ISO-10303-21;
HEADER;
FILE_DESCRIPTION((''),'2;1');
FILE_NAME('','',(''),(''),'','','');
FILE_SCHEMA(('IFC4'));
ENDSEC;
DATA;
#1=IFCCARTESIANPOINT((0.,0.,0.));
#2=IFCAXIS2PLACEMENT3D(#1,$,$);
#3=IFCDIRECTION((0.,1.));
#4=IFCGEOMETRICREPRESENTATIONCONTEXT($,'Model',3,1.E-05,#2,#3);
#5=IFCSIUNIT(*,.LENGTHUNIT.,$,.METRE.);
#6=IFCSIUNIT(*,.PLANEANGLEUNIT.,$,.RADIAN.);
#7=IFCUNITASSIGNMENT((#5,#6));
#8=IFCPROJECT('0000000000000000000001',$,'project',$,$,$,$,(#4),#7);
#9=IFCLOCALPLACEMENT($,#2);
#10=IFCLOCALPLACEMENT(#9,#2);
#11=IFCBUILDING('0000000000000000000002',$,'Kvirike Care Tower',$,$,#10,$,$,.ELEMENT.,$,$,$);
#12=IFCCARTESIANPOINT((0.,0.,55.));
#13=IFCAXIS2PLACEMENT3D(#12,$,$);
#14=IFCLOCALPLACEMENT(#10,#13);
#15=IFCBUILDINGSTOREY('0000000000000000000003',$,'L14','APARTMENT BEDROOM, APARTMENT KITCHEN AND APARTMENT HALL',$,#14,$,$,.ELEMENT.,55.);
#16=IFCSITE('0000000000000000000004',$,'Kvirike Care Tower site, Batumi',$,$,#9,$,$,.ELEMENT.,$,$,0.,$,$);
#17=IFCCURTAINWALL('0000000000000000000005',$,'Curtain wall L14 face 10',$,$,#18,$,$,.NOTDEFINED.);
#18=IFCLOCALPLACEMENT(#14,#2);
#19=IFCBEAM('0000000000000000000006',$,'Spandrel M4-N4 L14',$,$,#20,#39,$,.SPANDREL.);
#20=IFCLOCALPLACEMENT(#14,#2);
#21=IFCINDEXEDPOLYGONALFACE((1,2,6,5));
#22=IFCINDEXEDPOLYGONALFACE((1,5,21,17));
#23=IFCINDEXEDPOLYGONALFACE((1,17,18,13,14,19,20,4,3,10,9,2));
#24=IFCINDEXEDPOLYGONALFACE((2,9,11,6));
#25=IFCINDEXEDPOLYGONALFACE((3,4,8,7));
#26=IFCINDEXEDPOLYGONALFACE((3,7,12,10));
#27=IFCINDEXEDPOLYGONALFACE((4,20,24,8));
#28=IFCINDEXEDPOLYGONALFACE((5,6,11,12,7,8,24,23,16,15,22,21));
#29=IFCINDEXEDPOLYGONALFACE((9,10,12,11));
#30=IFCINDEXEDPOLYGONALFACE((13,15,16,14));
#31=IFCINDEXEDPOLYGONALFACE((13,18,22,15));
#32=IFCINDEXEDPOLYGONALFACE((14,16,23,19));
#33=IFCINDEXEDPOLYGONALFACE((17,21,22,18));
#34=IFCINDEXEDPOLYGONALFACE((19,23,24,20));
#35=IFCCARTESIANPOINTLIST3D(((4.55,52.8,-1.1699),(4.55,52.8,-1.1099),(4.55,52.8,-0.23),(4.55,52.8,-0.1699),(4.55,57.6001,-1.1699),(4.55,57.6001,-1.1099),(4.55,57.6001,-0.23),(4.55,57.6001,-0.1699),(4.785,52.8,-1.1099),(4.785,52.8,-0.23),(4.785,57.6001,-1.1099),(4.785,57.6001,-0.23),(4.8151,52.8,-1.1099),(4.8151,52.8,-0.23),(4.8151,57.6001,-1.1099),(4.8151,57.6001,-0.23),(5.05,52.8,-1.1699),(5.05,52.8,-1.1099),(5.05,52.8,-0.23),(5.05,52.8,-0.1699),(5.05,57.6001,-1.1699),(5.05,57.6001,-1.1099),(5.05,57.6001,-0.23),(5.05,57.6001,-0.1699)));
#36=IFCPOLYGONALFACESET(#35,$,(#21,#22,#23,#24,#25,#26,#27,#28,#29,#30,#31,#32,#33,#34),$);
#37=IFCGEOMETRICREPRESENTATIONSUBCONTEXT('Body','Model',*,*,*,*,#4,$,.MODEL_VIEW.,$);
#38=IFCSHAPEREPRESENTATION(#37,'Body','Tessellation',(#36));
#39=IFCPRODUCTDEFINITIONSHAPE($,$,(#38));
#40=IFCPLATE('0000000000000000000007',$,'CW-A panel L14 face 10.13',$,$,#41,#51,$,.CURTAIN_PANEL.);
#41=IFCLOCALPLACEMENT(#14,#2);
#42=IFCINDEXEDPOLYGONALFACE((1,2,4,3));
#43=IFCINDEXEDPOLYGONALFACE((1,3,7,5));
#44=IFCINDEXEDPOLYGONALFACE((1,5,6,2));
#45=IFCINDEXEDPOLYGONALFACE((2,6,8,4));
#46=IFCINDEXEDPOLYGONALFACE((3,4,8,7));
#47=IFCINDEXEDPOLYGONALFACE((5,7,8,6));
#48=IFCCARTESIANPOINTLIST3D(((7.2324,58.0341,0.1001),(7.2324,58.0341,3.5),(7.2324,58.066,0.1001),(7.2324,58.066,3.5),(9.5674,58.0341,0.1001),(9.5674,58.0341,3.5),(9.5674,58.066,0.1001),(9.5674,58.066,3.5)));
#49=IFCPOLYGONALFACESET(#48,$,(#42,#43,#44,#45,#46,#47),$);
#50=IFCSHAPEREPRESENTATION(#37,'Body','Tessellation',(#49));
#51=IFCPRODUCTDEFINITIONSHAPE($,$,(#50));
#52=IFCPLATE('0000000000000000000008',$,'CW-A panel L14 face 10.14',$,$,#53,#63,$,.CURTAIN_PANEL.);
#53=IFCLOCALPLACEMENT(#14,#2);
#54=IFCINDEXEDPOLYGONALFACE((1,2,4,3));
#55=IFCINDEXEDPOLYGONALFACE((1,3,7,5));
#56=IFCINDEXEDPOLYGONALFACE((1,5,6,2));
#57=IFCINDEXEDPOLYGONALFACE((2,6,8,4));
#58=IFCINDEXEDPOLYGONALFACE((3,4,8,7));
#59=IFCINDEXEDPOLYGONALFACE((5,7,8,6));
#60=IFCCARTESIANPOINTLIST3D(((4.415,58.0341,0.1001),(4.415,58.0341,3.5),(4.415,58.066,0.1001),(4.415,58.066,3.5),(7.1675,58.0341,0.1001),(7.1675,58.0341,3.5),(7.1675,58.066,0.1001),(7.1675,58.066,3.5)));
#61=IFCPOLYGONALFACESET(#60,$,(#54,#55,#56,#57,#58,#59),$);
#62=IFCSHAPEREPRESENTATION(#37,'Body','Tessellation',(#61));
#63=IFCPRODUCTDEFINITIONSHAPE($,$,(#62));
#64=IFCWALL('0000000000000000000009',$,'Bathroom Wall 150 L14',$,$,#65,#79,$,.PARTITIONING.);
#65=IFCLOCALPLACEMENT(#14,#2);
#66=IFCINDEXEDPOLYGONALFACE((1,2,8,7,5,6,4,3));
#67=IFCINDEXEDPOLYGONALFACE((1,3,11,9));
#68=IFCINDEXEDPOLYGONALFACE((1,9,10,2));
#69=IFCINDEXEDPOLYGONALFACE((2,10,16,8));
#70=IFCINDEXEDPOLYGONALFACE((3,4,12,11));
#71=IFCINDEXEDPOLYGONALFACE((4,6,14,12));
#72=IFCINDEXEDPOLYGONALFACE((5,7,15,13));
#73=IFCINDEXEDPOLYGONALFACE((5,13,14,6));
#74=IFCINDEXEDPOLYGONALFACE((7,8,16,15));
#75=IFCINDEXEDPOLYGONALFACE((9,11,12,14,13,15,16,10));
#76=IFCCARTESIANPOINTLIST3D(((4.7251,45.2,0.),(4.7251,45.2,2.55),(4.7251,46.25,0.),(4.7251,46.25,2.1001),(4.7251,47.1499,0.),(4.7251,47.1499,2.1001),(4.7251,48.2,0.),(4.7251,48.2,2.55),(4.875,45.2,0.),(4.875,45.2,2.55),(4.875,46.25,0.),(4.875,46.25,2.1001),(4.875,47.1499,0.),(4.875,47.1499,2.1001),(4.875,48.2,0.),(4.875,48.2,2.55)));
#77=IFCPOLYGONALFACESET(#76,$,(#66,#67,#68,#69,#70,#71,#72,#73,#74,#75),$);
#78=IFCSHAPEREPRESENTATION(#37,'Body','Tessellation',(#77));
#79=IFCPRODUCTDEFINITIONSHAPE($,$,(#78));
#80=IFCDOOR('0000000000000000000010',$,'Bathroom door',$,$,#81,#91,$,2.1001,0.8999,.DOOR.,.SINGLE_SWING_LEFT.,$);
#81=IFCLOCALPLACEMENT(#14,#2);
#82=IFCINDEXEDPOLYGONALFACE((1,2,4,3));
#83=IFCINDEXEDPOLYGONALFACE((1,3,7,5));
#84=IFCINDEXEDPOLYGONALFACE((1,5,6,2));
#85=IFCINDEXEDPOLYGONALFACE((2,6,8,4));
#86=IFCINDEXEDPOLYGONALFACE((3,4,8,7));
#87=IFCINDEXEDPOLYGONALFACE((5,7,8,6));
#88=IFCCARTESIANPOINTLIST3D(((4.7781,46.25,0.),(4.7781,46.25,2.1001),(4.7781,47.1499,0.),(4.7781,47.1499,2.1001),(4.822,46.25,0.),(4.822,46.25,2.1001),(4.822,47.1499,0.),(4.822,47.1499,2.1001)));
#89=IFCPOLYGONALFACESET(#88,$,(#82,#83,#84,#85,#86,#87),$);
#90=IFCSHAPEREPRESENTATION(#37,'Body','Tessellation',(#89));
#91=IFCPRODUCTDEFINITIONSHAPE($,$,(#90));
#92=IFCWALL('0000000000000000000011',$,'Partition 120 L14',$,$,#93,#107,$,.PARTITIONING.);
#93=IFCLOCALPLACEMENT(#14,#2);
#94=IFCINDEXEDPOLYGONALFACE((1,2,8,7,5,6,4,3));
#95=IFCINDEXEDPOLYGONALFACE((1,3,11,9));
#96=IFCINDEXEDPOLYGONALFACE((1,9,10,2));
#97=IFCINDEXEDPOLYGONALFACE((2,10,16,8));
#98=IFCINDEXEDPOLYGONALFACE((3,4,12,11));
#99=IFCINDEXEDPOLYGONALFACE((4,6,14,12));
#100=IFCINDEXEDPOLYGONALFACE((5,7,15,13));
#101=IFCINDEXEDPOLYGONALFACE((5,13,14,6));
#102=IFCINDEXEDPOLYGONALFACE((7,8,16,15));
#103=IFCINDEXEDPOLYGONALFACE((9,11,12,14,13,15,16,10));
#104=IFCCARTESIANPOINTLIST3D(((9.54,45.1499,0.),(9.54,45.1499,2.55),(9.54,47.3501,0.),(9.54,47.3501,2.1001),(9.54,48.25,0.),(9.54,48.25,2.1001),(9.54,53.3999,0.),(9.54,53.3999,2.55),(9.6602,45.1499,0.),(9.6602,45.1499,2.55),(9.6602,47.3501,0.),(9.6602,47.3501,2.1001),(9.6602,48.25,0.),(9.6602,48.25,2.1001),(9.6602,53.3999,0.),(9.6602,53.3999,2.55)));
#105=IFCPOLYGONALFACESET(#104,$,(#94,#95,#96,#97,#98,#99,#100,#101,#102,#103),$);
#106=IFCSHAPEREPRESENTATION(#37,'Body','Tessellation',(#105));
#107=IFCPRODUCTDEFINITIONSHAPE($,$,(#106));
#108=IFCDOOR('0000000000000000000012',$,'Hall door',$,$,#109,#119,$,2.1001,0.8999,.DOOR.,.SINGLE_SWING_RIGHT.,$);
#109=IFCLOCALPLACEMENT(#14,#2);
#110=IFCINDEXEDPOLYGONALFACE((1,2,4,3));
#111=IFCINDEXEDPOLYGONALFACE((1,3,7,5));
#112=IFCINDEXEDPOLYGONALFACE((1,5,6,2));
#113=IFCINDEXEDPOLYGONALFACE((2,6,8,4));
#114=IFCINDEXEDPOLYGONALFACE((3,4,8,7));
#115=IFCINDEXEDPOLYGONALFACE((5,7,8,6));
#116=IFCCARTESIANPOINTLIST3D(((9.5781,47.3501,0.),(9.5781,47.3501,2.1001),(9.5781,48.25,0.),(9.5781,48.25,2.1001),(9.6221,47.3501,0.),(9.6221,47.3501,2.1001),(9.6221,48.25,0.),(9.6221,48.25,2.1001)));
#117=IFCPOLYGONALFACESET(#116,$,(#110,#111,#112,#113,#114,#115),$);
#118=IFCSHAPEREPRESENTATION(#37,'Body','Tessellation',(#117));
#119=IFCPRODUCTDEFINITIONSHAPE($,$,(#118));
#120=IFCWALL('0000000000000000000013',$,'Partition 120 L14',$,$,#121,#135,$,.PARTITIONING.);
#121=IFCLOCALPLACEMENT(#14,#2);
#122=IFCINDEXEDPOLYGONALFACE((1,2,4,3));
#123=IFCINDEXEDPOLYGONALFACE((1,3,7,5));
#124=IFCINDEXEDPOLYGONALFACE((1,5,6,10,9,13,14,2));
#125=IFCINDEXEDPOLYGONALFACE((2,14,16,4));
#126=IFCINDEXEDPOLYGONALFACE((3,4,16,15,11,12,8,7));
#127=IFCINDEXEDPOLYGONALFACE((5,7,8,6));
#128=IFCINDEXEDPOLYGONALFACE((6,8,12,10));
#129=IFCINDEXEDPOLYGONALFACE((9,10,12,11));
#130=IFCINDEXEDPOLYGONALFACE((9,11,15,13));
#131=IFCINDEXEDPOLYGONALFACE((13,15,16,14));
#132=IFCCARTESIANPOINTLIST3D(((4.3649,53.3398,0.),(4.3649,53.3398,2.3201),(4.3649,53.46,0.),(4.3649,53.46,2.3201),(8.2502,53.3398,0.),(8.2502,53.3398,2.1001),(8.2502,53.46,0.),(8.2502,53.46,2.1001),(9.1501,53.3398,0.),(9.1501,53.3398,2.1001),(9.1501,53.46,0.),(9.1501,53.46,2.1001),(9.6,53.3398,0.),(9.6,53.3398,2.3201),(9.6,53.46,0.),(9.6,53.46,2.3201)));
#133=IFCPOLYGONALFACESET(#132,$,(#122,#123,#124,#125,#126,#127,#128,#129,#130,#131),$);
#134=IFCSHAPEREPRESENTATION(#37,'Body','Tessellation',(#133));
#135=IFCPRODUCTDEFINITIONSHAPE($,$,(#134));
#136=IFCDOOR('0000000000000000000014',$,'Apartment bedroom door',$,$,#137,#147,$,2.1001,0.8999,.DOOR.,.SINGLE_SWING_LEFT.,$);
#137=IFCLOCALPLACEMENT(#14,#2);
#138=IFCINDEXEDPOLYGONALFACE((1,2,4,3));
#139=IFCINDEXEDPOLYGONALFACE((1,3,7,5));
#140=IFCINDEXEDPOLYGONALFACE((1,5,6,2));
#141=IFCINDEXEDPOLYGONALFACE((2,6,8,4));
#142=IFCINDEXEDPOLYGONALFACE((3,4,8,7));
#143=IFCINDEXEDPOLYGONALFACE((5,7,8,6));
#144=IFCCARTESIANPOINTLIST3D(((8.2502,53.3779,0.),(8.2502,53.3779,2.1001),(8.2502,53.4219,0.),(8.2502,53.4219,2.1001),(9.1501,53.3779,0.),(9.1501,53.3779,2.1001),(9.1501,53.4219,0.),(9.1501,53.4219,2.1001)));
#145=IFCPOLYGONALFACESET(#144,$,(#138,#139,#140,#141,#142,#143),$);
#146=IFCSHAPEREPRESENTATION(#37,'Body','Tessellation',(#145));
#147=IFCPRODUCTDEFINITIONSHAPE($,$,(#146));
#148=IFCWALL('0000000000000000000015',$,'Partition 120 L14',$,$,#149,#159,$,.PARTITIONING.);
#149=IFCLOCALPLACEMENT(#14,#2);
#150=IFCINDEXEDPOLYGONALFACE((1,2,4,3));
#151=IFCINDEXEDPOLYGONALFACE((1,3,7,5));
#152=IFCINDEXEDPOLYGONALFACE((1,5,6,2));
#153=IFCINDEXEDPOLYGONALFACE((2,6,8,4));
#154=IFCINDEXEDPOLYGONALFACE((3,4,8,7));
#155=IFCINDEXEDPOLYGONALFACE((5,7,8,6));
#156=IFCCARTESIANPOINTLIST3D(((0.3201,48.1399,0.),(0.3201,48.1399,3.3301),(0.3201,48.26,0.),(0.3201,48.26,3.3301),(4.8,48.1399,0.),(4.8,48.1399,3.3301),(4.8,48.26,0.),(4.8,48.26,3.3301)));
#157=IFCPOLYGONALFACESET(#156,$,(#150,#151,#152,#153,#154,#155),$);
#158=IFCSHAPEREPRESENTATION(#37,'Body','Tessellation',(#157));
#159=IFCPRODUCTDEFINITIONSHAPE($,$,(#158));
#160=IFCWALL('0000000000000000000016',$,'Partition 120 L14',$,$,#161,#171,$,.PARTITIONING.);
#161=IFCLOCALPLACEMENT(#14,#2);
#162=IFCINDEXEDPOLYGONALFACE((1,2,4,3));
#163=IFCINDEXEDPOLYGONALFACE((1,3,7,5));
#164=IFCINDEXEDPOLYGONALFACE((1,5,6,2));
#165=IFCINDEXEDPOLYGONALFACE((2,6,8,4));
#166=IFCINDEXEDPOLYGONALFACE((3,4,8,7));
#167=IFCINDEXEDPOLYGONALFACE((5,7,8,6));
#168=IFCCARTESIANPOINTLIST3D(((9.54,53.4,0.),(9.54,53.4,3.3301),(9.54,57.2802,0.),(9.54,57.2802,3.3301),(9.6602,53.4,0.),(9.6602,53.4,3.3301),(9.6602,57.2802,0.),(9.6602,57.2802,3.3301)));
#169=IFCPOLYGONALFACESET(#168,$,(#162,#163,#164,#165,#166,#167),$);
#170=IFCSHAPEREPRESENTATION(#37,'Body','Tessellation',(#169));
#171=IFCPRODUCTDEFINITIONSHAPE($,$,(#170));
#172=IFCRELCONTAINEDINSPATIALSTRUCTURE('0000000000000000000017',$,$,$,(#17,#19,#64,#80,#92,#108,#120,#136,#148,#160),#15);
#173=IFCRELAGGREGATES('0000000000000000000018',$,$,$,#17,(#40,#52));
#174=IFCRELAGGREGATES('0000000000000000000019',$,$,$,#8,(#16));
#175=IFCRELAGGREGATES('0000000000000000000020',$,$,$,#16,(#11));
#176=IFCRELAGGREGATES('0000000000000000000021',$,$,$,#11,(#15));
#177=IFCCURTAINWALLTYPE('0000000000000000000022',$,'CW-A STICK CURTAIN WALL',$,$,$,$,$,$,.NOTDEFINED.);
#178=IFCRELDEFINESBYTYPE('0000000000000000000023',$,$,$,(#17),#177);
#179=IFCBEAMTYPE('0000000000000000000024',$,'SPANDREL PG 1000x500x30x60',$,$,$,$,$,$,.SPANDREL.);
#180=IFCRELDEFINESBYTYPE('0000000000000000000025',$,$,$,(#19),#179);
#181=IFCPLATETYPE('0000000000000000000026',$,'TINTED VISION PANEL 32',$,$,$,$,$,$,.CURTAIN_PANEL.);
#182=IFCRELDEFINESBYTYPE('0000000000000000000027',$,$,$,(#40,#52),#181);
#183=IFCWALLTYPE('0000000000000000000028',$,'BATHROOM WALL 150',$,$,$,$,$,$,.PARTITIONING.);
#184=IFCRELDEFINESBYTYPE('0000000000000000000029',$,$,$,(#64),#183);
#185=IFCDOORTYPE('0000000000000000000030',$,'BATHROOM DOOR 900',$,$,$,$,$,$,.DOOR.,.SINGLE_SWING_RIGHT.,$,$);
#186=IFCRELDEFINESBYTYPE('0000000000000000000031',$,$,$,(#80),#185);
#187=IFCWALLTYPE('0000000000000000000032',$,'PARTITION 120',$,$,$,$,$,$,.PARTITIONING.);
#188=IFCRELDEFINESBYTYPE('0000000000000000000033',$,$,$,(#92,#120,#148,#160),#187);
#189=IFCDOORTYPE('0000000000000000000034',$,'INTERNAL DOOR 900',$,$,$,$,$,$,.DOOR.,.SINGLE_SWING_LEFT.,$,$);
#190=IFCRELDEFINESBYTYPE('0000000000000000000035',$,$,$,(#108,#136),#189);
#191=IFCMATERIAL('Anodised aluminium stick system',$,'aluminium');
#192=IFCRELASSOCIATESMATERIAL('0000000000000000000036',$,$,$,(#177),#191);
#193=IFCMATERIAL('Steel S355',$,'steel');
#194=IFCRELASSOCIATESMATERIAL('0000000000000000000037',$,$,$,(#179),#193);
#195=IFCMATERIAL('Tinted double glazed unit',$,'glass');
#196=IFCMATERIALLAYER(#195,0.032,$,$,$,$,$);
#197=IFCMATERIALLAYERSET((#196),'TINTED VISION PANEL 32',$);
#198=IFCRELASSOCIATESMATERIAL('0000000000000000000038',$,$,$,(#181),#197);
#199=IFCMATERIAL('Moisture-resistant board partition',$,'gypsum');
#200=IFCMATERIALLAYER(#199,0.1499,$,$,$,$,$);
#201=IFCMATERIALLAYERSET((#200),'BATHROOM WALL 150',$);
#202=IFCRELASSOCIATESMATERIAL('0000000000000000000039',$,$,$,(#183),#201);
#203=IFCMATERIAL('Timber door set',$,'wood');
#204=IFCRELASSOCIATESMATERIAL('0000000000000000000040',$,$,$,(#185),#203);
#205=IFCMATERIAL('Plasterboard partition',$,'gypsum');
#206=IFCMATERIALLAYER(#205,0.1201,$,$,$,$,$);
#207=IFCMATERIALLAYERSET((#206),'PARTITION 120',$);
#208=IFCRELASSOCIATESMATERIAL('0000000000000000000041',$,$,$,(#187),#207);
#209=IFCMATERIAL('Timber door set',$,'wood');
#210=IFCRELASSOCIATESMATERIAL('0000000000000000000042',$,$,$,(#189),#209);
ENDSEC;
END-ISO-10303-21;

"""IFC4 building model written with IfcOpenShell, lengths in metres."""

from ifc_helpers import new_model, si_unit, direction, frame, frame_2d, origin, origin_2d, place, context, subcontext, project, spatial, rectangle, i_section, extrude, material, layer, layer_set, material_profile, profile_set, type_object, element, fill, aggregate, save


model = new_model("IFC4")

# Units and contexts
model_context = context("Model", 3, precision=1e-05, world=origin(), true_north=direction((0.0, 1.0)))
body_context = subcontext(model_context, "Body", "Model", "MODEL_VIEW")
ifc_project = project(units=[si_unit("LENGTHUNIT", "METRE"), si_unit("PLANEANGLEUNIT", "RADIAN")], contexts=[model_context])

# Site, building, storey
site_placement = place(None, origin())
site = spatial("IfcSite", under=ifc_project, at=site_placement, Name="Kvirike Care Tower site, Batumi", CompositionType="ELEMENT", RefElevation=0.0)
building_placement = place(site_placement, origin())
building = spatial("IfcBuilding", under=site, at=building_placement, Name="Kvirike Care Tower", CompositionType="ELEMENT")
storey_placement = place(building_placement, frame((0.0, 0.0, 55.0)))
storey = spatial("IfcBuildingStorey", under=building, at=storey_placement, Name="L14", Description="APARTMENT BEDROOM, APARTMENT KITCHEN AND APARTMENT HALL", CompositionType="ELEMENT", Elevation=55.0)

# Curtain wall
ifc_material_1 = material(Name="Anodised aluminium stick system", Category="aluminium")
curtain_wall_type = type_object("IfcCurtainWallType", Name="CW-A STICK CURTAIN WALL", PredefinedType="NOTDEFINED", material=ifc_material_1)
curtain_wall_1_placement = place(storey_placement, origin())
curtain_wall_1 = element("IfcCurtainWall", 1, at=curtain_wall_1_placement, inside=storey, type_object=curtain_wall_type, Name="Curtain wall L14 face 10", PredefinedType="NOTDEFINED")

# Beam
ifc_material_2 = material(Name="Steel S355", Category="steel")
ifc_material_profile_1 = material_profile(ifc_material_2, i_section(OverallWidth=0.5, OverallDepth=1.0, WebThickness=0.03, FlangeThickness=0.0601, at=origin_2d()), Name="PG 1000x500x30x60")
ifc_profile_set_1 = profile_set([ifc_material_profile_1], Name="Steel S355")
beam_type_1 = type_object("IfcBeamType", Name="SPANDREL PG 1000x500x30x60", PredefinedType="SPANDREL", material=ifc_profile_set_1)
for number, where, z_axis, x_axis, name in (
    (2, (4.8, 52.8, -0.6699), (0.0, 1.0, 0.0), (-1.0, 0.0, 0.0), "Spandrel M4-N4 L14"),
):
    element("IfcBeam", number, at=place(storey_placement, frame(where, z_axis=z_axis, x_axis=x_axis)), inside=storey, type_object=beam_type_1, Name=name, PredefinedType="SPANDREL", context=body_context, shape_type="SweptSolid", body=[
        extrude(i_section(OverallWidth=0.5, OverallDepth=1.0, WebThickness=0.03, FlangeThickness=0.0601, at=origin_2d()), origin(), (0.0, 0.0, 1.0), 4.8),
    ])

# Plates
ifc_material_3 = material(Name="Tinted double glazed unit", Category="glass")
ifc_layer_1 = layer(ifc_material_3, 0.032)
ifc_layer_set_1 = layer_set([ifc_layer_1], Name="TINTED VISION PANEL 32")
plate_type = type_object("IfcPlateType", Name="TINTED VISION PANEL 32", PredefinedType="CURTAIN_PANEL", material=ifc_layer_set_1)
plate_1_placement = place(storey_placement, frame((8.3999, 58.05, 0.1001), z_axis=(0.0, 0.0, 1.0), x_axis=(-1.0, 0.0, 0.0)))
plate_1 = element("IfcPlate", 3, at=plate_1_placement, type_object=plate_type, Name="CW-A panel L14 face 10.13", PredefinedType="CURTAIN_PANEL", context=body_context, shape_type="SweptSolid", body=[
    extrude(rectangle(XDim=2.335, YDim=0.032, at=origin_2d()), origin(), (0.0, 0.0, 1.0), 3.3999),
])
plate_2_placement = place(storey_placement, frame((5.7913, 58.05, 0.1001), z_axis=(0.0, 0.0, 1.0), x_axis=(-1.0, 0.0, 0.0)))
plate_2 = element("IfcPlate", 4, at=plate_2_placement, type_object=plate_type, Name="CW-A panel L14 face 10.14", PredefinedType="CURTAIN_PANEL", context=body_context, shape_type="SweptSolid", body=[
    extrude(rectangle(XDim=2.7524, YDim=0.032, at=origin_2d()), origin(), (0.0, 0.0, 1.0), 3.3999),
])
aggregate(curtain_wall_1, [plate_1, plate_2])

# Walls, openings, doors
ifc_material_4 = material(Name="Moisture-resistant board partition", Category="gypsum")
ifc_layer_2 = layer(ifc_material_4, 0.1499)
ifc_layer_set_2 = layer_set([ifc_layer_2], Name="BATHROOM WALL 150")
wall_type_1 = type_object("IfcWallType", Name="BATHROOM WALL 150", PredefinedType="PARTITIONING", material=ifc_layer_set_2)
wall_1_placement = place(storey_placement, frame((4.8, 48.2, 0.0), z_axis=(0.0, 0.0, 1.0), x_axis=(0.0, -1.0, 0.0)))
wall_1 = element("IfcWall", 5, at=wall_1_placement, inside=storey, type_object=wall_type_1, Name="Bathroom Wall 150 L14", PredefinedType="PARTITIONING", context=body_context, shape_type="SweptSolid", body=[
    extrude(rectangle(XDim=3.0, YDim=0.1499, at=frame_2d((1.5, 0.0))), origin(), (0.0, 0.0, 1.0), 2.55),
])
opening_1_placement = place(wall_1_placement, frame((1.05, 0.0, 0.0)))
opening_1 = element("IfcOpeningElement", 6, at=opening_1_placement, cuts=wall_1, PredefinedType="OPENING", context=body_context, shape_type="SweptSolid", body=[
    extrude(rectangle(XDim=0.8999, YDim=2.1001, at=frame_2d((0.45, 1.05))), frame((0.0, 0.0854, 0.0), z_axis=(0.0, -1.0, 0.0), x_axis=(1.0, 0.0, 0.0)), (0.0, 0.0, 1.0), 0.1709),
])
ifc_material_5 = material(Name="Timber door set", Category="wood")
door_type_1 = type_object("IfcDoorType", Name="BATHROOM DOOR 900", OperationType="SINGLE_SWING_RIGHT", PredefinedType="DOOR", material=ifc_material_5)
door_1_placement = place(opening_1_placement, frame((0.8999, 0.0, 0.0), z_axis=(0.0, 0.0, 1.0), x_axis=(-1.0, 0.0, 0.0)))
door_1 = element("IfcDoor", 7, at=door_1_placement, inside=storey, type_object=door_type_1, Name="Bathroom door", OperationType="SINGLE_SWING_LEFT", OverallHeight=2.1001, OverallWidth=0.8999, PredefinedType="DOOR", context=body_context, shape_type="SweptSolid", body=[
    extrude(rectangle(XDim=0.8999, YDim=2.1001, at=frame_2d((0.45, 1.05))), frame((0.0, 0.022, 0.0), z_axis=(0.0, -1.0, 0.0), x_axis=(1.0, 0.0, 0.0)), (0.0, 0.0, 1.0), 0.0439),
])
fill(opening_1, door_1)
ifc_material_6 = material(Name="Plasterboard partition", Category="gypsum")
ifc_layer_3 = layer(ifc_material_6, 0.1201)
ifc_layer_set_3 = layer_set([ifc_layer_3], Name="PARTITION 120")
wall_type_2 = type_object("IfcWallType", Name="PARTITION 120", PredefinedType="PARTITIONING", material=ifc_layer_set_3)
wall_2_placement = place(storey_placement, frame((9.6001, 53.3999, 0.0), z_axis=(0.0, 0.0, 1.0), x_axis=(0.0, -1.0, 0.0)))
wall_2 = element("IfcWall", 8, at=wall_2_placement, inside=storey, type_object=wall_type_2, Name="Partition 120 L14", PredefinedType="PARTITIONING", context=body_context, shape_type="SweptSolid", body=[
    extrude(rectangle(XDim=8.25, YDim=0.1201, at=frame_2d((4.125, 0.0))), origin(), (0.0, 0.0, 1.0), 2.55),
])
opening_2_placement = place(wall_2_placement, frame((5.1499, 0.0, 0.0)))
opening_2 = element("IfcOpeningElement", 9, at=opening_2_placement, cuts=wall_2, PredefinedType="OPENING", context=body_context, shape_type="SweptSolid", body=[
    extrude(rectangle(XDim=0.8999, YDim=2.1001, at=frame_2d((0.45, 1.05))), frame((0.0, 0.0706, 0.0), z_axis=(0.0, -1.0, 0.0), x_axis=(1.0, 0.0, 0.0)), (0.0, 0.0, 1.0), 0.1411),
])
ifc_material_7 = material(Name="Timber door set", Category="wood")
door_type_2 = type_object("IfcDoorType", Name="INTERNAL DOOR 900", OperationType="SINGLE_SWING_LEFT", PredefinedType="DOOR", material=ifc_material_7)
door_2_placement = place(opening_2_placement, origin())
door_2 = element("IfcDoor", 10, at=door_2_placement, inside=storey, type_object=door_type_2, Name="Hall door", OperationType="SINGLE_SWING_RIGHT", OverallHeight=2.1001, OverallWidth=0.8999, PredefinedType="DOOR", context=body_context, shape_type="SweptSolid", body=[
    extrude(rectangle(XDim=0.8999, YDim=2.1001, at=frame_2d((0.45, 1.05))), frame((0.0, 0.022, 0.0), z_axis=(0.0, -1.0, 0.0), x_axis=(1.0, 0.0, 0.0)), (0.0, 0.0, 1.0), 0.0439),
])
fill(opening_2, door_2)
wall_3_placement = place(storey_placement, frame((9.6001, 53.3999, 0.0), z_axis=(0.0, 0.0, 1.0), x_axis=(-1.0, 0.0, 0.0)))
wall_3 = element("IfcWall", 11, at=wall_3_placement, inside=storey, type_object=wall_type_2, Name="Partition 120 L14", PredefinedType="PARTITIONING", context=body_context, shape_type="SweptSolid", body=[
    extrude(rectangle(XDim=5.2351, YDim=0.1201, at=frame_2d((2.6177, 0.0))), origin(), (0.0, 0.0, 1.0), 2.3201),
])
opening_3_placement = place(wall_3_placement, frame((0.45, 0.0, 0.0)))
opening_3 = element("IfcOpeningElement", 12, at=opening_3_placement, cuts=wall_3, PredefinedType="OPENING", context=body_context, shape_type="SweptSolid", body=[
    extrude(rectangle(XDim=0.8999, YDim=2.1001, at=frame_2d((0.45, 1.05))), frame((0.0, 0.0706, 0.0), z_axis=(0.0, -1.0, 0.0), x_axis=(1.0, 0.0, 0.0)), (0.0, 0.0, 1.0), 0.1411),
])
door_3_placement = place(opening_3_placement, frame((0.8999, 0.0, 0.0), z_axis=(0.0, 0.0, 1.0), x_axis=(-1.0, 0.0, 0.0)))
door_3 = element("IfcDoor", 13, at=door_3_placement, inside=storey, type_object=door_type_2, Name="Apartment bedroom door", OperationType="SINGLE_SWING_LEFT", OverallHeight=2.1001, OverallWidth=0.8999, PredefinedType="DOOR", context=body_context, shape_type="SweptSolid", body=[
    extrude(rectangle(XDim=0.8999, YDim=2.1001, at=frame_2d((0.45, 1.05))), frame((0.0, 0.022, 0.0), z_axis=(0.0, -1.0, 0.0), x_axis=(1.0, 0.0, 0.0)), (0.0, 0.0, 1.0), 0.0439),
])
fill(opening_3, door_3)

# Walls
wall_4_placement = place(storey_placement, frame((4.8, 48.2, 0.0), z_axis=(0.0, 0.0, 1.0), x_axis=(-1.0, 0.0, 0.0)))
element("IfcWall", 14, at=wall_4_placement, inside=storey, type_object=wall_type_2, Name="Partition 120 L14", PredefinedType="PARTITIONING", context=body_context, shape_type="SweptSolid", body=[
    extrude(rectangle(XDim=4.48, YDim=0.1201, at=frame_2d((2.24, 0.0))), origin(), (0.0, 0.0, 1.0), 3.3301),
])
wall_5_placement = place(storey_placement, frame((9.6001, 57.28, 0.0), z_axis=(0.0, 0.0, 1.0), x_axis=(0.0, -1.0, 0.0)))
element("IfcWall", 15, at=wall_5_placement, inside=storey, type_object=wall_type_2, Name="Partition 120 L14", PredefinedType="PARTITIONING", context=body_context, shape_type="SweptSolid", body=[
    extrude(rectangle(XDim=3.8801, YDim=0.1201, at=frame_2d((1.9399, 0.0))), origin(), (0.0, 0.0, 1.0), 3.3301),
])

save(model, "model.ifc")
